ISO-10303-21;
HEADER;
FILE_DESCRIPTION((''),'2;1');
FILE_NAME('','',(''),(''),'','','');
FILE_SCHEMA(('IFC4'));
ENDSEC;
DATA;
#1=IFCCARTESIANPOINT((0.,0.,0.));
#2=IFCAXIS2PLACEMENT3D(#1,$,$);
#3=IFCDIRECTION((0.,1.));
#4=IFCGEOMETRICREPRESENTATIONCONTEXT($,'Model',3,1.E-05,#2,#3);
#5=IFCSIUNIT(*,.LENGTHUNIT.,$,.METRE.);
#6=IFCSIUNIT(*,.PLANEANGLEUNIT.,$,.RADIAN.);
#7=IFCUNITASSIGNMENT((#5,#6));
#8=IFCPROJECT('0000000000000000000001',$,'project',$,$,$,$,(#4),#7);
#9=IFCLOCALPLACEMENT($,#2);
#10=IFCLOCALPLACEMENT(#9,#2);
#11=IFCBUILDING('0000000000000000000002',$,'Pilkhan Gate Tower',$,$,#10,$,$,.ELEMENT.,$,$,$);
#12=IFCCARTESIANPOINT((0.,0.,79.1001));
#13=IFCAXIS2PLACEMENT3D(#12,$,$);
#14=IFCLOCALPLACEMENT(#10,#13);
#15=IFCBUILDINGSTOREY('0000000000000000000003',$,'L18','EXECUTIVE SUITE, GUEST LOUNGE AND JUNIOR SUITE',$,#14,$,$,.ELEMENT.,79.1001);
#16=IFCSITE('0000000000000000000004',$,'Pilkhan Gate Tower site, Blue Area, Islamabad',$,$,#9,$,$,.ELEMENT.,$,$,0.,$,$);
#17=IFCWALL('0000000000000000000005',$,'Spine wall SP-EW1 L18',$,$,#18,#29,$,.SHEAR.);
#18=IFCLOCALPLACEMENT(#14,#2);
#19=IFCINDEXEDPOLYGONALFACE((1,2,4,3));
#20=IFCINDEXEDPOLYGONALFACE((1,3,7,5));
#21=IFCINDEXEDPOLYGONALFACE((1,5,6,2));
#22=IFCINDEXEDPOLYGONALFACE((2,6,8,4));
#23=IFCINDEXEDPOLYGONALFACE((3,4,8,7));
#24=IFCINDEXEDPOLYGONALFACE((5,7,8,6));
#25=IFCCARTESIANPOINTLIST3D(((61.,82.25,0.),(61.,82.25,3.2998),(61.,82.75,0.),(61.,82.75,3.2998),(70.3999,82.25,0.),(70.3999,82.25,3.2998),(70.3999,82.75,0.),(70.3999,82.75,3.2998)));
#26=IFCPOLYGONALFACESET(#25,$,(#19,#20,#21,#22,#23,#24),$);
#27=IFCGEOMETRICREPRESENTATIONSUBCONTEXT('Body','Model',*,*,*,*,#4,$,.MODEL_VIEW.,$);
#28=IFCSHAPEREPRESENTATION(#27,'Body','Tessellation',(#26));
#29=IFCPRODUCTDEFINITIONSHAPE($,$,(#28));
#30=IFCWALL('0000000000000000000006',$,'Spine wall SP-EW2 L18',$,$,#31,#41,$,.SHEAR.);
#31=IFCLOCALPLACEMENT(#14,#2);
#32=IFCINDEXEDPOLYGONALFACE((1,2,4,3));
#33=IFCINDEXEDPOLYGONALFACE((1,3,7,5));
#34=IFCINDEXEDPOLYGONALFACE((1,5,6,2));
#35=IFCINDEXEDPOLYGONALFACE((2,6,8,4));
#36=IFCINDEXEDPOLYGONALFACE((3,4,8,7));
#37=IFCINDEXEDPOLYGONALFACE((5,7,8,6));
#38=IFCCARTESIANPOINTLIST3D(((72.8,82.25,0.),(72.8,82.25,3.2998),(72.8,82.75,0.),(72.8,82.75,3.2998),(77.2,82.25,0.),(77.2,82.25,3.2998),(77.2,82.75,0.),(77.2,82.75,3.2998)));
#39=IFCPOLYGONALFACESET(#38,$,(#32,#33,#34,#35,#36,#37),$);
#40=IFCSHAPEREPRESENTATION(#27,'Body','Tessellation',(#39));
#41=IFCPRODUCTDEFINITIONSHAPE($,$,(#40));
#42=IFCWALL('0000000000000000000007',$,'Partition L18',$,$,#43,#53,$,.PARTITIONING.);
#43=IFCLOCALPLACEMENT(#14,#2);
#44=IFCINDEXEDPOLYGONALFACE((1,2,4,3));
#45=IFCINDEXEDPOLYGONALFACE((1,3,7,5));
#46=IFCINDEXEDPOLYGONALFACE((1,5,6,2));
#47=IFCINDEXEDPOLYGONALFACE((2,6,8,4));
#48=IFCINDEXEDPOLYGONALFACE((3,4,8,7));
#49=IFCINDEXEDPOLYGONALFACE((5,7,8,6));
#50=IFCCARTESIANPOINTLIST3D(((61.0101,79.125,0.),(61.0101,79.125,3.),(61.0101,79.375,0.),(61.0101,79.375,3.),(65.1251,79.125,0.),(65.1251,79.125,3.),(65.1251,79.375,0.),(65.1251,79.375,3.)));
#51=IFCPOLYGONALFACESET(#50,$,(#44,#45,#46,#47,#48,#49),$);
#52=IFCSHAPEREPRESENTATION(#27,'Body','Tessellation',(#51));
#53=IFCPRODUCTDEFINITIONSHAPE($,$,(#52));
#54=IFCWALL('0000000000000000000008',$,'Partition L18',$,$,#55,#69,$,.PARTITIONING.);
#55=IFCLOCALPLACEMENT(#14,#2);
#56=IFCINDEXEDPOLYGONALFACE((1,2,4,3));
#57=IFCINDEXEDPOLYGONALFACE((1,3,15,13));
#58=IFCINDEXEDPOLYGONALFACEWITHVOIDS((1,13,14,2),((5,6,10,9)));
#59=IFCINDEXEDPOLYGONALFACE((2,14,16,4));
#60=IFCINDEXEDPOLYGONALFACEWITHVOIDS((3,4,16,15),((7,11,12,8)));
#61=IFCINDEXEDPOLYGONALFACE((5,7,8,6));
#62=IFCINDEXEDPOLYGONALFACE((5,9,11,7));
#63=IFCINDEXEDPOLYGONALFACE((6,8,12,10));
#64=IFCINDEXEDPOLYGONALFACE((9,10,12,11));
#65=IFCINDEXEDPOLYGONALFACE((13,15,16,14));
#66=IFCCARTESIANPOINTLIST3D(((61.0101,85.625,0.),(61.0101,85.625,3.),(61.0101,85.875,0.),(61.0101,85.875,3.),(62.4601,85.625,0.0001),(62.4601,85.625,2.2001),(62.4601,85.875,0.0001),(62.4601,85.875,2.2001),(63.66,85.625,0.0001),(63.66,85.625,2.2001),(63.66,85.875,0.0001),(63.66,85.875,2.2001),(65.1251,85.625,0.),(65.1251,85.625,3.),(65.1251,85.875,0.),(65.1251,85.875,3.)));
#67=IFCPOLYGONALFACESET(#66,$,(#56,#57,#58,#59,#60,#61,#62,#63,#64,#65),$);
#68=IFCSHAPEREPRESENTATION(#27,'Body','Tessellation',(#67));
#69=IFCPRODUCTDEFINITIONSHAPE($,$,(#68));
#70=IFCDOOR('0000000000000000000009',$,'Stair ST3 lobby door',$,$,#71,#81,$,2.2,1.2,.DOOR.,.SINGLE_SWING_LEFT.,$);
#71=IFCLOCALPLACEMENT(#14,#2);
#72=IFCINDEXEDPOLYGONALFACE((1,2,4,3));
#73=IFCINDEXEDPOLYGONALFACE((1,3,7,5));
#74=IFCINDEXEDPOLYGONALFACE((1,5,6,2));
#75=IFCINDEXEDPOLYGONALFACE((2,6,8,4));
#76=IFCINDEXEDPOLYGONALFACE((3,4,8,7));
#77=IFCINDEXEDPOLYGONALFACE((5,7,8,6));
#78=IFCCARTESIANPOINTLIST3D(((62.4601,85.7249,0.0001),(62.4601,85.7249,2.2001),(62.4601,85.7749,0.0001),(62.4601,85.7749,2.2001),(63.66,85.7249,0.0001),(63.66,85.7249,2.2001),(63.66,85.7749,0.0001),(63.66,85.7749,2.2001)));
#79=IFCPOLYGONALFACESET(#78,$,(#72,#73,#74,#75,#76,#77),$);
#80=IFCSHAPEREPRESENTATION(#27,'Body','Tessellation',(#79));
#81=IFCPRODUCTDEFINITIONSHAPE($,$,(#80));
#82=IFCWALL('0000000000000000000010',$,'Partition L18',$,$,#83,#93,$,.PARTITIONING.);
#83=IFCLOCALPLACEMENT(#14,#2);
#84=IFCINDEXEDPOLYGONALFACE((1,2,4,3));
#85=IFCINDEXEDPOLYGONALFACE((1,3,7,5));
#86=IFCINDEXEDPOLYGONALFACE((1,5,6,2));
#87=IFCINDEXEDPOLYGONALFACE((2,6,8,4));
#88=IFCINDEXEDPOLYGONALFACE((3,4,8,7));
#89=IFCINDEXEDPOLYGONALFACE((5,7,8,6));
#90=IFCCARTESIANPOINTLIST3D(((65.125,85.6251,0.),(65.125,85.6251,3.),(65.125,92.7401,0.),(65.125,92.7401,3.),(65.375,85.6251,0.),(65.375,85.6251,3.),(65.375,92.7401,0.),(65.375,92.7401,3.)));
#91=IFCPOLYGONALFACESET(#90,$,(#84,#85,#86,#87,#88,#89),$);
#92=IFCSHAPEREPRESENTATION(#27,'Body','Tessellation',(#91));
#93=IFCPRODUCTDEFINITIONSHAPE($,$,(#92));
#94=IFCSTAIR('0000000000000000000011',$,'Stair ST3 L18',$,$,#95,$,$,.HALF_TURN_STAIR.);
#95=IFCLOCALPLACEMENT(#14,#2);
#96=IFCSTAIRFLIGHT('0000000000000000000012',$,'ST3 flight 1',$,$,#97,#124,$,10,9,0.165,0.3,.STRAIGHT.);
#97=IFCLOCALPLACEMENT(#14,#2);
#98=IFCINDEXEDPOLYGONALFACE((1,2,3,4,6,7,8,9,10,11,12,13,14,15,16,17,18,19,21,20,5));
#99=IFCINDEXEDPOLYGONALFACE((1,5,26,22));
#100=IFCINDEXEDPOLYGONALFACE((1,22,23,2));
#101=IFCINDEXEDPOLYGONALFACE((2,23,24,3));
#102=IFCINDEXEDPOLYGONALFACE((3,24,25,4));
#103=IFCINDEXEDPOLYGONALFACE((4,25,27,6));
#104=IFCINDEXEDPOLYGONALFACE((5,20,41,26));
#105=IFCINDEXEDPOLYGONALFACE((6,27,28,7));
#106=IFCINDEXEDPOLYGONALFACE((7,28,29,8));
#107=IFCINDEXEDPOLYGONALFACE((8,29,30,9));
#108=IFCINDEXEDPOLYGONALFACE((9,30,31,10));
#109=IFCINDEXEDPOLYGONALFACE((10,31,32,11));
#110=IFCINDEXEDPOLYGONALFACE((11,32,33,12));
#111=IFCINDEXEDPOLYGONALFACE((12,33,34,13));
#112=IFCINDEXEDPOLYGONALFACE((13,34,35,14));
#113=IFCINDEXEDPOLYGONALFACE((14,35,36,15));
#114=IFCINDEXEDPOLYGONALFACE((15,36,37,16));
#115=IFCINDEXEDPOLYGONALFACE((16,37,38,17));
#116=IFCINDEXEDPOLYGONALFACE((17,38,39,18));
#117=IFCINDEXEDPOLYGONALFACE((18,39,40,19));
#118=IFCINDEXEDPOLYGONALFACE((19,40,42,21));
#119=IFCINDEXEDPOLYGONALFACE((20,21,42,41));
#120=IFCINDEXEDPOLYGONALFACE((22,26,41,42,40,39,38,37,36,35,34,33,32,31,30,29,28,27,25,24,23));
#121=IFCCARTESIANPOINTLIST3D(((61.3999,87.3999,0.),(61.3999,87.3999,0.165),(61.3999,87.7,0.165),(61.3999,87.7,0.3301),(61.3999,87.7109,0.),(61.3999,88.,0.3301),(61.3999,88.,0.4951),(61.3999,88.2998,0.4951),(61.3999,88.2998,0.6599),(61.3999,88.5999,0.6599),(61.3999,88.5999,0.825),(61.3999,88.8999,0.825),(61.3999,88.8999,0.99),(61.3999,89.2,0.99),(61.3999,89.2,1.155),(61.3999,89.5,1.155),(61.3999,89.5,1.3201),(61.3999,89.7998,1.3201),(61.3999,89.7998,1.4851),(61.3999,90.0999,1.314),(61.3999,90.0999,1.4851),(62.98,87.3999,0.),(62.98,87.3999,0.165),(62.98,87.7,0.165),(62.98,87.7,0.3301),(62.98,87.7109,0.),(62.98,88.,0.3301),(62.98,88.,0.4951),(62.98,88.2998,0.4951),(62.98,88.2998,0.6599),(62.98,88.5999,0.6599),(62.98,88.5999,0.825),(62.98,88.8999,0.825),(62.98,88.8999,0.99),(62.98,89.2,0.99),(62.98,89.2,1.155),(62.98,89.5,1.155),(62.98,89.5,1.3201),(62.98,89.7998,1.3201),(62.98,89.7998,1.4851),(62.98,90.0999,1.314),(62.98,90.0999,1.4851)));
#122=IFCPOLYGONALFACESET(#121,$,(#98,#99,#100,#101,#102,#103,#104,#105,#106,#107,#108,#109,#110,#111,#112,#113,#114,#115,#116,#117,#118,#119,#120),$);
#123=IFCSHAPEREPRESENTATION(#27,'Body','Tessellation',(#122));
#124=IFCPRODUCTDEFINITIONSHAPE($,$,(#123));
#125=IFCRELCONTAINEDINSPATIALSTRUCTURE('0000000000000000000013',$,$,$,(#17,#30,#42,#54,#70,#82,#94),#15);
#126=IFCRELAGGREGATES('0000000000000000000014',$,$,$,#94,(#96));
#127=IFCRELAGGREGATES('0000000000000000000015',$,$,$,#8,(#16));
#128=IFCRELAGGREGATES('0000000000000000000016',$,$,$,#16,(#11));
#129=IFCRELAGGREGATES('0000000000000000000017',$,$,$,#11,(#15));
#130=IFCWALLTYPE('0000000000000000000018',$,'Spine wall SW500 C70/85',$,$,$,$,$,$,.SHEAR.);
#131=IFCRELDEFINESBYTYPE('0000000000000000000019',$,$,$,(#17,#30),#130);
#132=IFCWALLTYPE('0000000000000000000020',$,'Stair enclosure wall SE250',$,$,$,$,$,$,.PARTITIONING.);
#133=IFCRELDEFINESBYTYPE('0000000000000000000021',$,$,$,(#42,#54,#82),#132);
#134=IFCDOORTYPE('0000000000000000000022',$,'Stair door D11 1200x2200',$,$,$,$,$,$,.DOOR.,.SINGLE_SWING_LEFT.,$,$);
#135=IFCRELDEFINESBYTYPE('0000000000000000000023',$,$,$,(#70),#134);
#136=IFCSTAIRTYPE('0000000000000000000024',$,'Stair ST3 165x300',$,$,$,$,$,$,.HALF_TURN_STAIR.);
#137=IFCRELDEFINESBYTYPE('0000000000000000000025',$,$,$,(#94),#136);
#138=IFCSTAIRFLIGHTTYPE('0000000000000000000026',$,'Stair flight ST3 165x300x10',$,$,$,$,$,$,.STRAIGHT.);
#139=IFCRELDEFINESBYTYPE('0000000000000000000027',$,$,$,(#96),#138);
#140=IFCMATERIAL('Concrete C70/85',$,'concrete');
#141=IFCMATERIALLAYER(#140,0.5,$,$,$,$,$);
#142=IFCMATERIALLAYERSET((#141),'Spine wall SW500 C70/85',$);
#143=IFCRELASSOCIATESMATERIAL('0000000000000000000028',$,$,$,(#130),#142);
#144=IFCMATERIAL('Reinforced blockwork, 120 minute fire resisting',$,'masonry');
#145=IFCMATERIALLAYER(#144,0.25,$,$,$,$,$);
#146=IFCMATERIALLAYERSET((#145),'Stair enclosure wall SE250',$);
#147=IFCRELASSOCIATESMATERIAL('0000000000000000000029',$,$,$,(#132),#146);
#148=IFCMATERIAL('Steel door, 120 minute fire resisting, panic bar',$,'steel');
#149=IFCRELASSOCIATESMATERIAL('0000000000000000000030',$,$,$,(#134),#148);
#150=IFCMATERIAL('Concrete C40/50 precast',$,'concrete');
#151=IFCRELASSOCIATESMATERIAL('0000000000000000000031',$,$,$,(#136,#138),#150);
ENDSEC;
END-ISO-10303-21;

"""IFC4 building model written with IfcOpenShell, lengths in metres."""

from ifc_helpers import new_model, si_unit, direction, frame, frame_2d, origin, place, context, subcontext, project, spatial, polyline, rectangle, outline, extrude, material, layer, layer_set, type_object, element, fill, aggregate, save


model = new_model("IFC4")

# Units and contexts
model_context = context("Model", 3, precision=1e-05, world=origin(), true_north=direction((0.0, 1.0)))
body_context = subcontext(model_context, "Body", "Model", "MODEL_VIEW")
ifc_project = project(units=[si_unit("LENGTHUNIT", "METRE"), si_unit("PLANEANGLEUNIT", "RADIAN")], contexts=[model_context])

# Site, building, storey
site_placement = place(None, origin())
site = spatial("IfcSite", under=ifc_project, at=site_placement, Name="Pilkhan Gate Tower site, Blue Area, Islamabad", CompositionType="ELEMENT", RefElevation=0.0)
building_placement = place(site_placement, origin())
building = spatial("IfcBuilding", under=site, at=building_placement, Name="Pilkhan Gate Tower", CompositionType="ELEMENT")
storey_placement = place(building_placement, frame((0.0, 0.0, 79.1001)))
storey = spatial("IfcBuildingStorey", under=building, at=storey_placement, Name="L18", Description="EXECUTIVE SUITE, GUEST LOUNGE AND JUNIOR SUITE", CompositionType="ELEMENT", Elevation=79.1001)

# Shared definitions
ifc_material_1 = material(Name="Concrete C70/85", Category="concrete")

# Walls
ifc_layer_1 = layer(ifc_material_1, 0.5)
ifc_layer_set_1 = layer_set([ifc_layer_1], Name="Spine wall SW500 C70/85")
wall_type_1 = type_object("IfcWallType", Name="Spine wall SW500 C70/85", PredefinedType="SHEAR", material=ifc_layer_set_1)
wall_1_placement = place(storey_placement, frame((61.0, 82.5, 0.0), z_axis=(0.0, 0.0, 1.0), x_axis=(1.0, 0.0, 0.0)))
element("IfcWall", 1, at=wall_1_placement, inside=storey, type_object=wall_type_1, Name="Spine wall SP-EW1 L18", PredefinedType="SHEAR", context=body_context, shape_type="SweptSolid", body=[
    extrude(rectangle(XDim=9.3999, YDim=0.5, at=frame_2d((4.7, 0.0))), origin(), (0.0, 0.0, 1.0), 3.2998),
])
wall_2_placement = place(storey_placement, frame((72.8, 82.5, 0.0), z_axis=(0.0, 0.0, 1.0), x_axis=(1.0, 0.0, 0.0)))
element("IfcWall", 2, at=wall_2_placement, inside=storey, type_object=wall_type_1, Name="Spine wall SP-EW2 L18", PredefinedType="SHEAR", context=body_context, shape_type="SweptSolid", body=[
    extrude(rectangle(XDim=4.3999, YDim=0.5, at=frame_2d((2.2, 0.0))), origin(), (0.0, 0.0, 1.0), 3.2998),
])
ifc_material_2 = material(Name="Reinforced blockwork, 120 minute fire resisting", Category="masonry")
ifc_layer_2 = layer(ifc_material_2, 0.25)
ifc_layer_set_2 = layer_set([ifc_layer_2], Name="Stair enclosure wall SE250")
wall_type_2 = type_object("IfcWallType", Name="Stair enclosure wall SE250", PredefinedType="PARTITIONING", material=ifc_layer_set_2)
wall_3_placement = place(storey_placement, frame((61.01, 79.25, 0.0), z_axis=(0.0, 0.0, 1.0), x_axis=(1.0, 0.0, 0.0)))
element("IfcWall", 3, at=wall_3_placement, inside=storey, type_object=wall_type_2, Name="Partition L18", PredefinedType="PARTITIONING", context=body_context, shape_type="SweptSolid", body=[
    extrude(rectangle(XDim=4.115, YDim=0.25, at=frame_2d((2.0576, 0.0))), origin(), (0.0, 0.0, 1.0), 3.0),
])

# Wall, opening, door
wall_4_placement = place(storey_placement, frame((61.01, 85.75, 0.0), z_axis=(0.0, 0.0, 1.0), x_axis=(1.0, 0.0, 0.0)))
wall_4 = element("IfcWall", 4, at=wall_4_placement, inside=storey, type_object=wall_type_2, Name="Partition L18", PredefinedType="PARTITIONING", context=body_context, shape_type="SweptSolid", body=[
    extrude(rectangle(XDim=4.115, YDim=0.25, at=frame_2d((2.0576, 0.0))), origin(), (0.0, 0.0, 1.0), 3.0),
])
opening_1_placement = place(wall_4_placement, frame((1.45, 0.0, 0.0)))
opening_1 = element("IfcOpeningElement", 5, at=opening_1_placement, cuts=wall_4, PredefinedType="OPENING", context=body_context, shape_type="SweptSolid", body=[
    extrude(rectangle(XDim=1.2, YDim=2.2, at=frame_2d((0.6001, 1.1001))), frame((0.0, 0.135, 0.0), z_axis=(0.0, -1.0, 0.0), x_axis=(1.0, 0.0, 0.0)), (0.0, 0.0, 1.0), 0.27),
])
ifc_material_3 = material(Name="Steel door, 120 minute fire resisting, panic bar", Category="steel")
door_type_1 = type_object("IfcDoorType", Name="Stair door D11 1200x2200", OperationType="SINGLE_SWING_LEFT", PredefinedType="DOOR", material=ifc_material_3)
door_1_placement = place(opening_1_placement, origin())
door_1 = element("IfcDoor", 6, at=door_1_placement, inside=storey, type_object=door_type_1, Name="Stair ST3 lobby door", OperationType="SINGLE_SWING_LEFT", OverallHeight=2.2, OverallWidth=1.2, PredefinedType="DOOR", context=body_context, shape_type="SweptSolid", body=[
    extrude(rectangle(XDim=1.2, YDim=2.2, at=frame_2d((0.6001, 1.1001))), frame((0.0, 0.0249, 0.0), z_axis=(0.0, -1.0, 0.0), x_axis=(1.0, 0.0, 0.0)), (0.0, 0.0, 1.0), 0.05),
])
fill(opening_1, door_1)

# Wall
wall_5_placement = place(storey_placement, frame((65.25, 85.625, 0.0), z_axis=(0.0, 0.0, 1.0), x_axis=(0.0, 1.0, 0.0)))
element("IfcWall", 7, at=wall_5_placement, inside=storey, type_object=wall_type_2, Name="Partition L18", PredefinedType="PARTITIONING", context=body_context, shape_type="SweptSolid", body=[
    extrude(rectangle(XDim=7.115, YDim=0.25, at=frame_2d((3.5576, 0.0))), origin(), (0.0, 0.0, 1.0), 3.0),
])

# Stair, stair flight
ifc_material_4 = material(Name="Concrete C40/50 precast", Category="concrete")
stair_type = type_object("IfcStairType", Name="Stair ST3 165x300", PredefinedType="HALF_TURN_STAIR", material=ifc_material_4)
stair_placement = place(storey_placement, origin())
stair = element("IfcStair", 8, at=stair_placement, inside=storey, type_object=stair_type, Name="Stair ST3 L18", PredefinedType="HALF_TURN_STAIR")
stair_flight_type = type_object("IfcStairFlightType", Name="Stair flight ST3 165x300x10", PredefinedType="STRAIGHT", material=ifc_material_4)
stair_flight_placement = place(storey_placement, frame((62.1899, 87.3999, 0.0), z_axis=(0.0, 0.0, 1.0), x_axis=(0.0, 1.0, 0.0)))
stair_flight = element("IfcStairFlight", 9, at=stair_flight_placement, type_object=stair_flight_type, Name="ST3 flight 1", NumberOfRisers=10, NumberOfTreads=9, PredefinedType="STRAIGHT", RiserHeight=0.165, TreadLength=0.3, context=body_context, shape_type="SweptSolid", body=[
    extrude(outline(polyline([(0.0, 0.0), (0.0, 0.165), (0.3, 0.165), (0.3, 0.3301), (0.6001, 0.3301), (0.6001, 0.4951), (0.8999, 0.4951), (0.8999, 0.6599), (1.2, 0.6599), (1.2, 0.825), (1.5, 0.825), (1.5, 0.99), (1.8, 0.99), (1.8, 1.155), (2.1001, 1.155), (2.1001, 1.3201), (2.3999, 1.3201), (2.3999, 1.4851), (2.7, 1.4851), (2.7, 1.6499), (2.7, 1.314), (0.311, 0.0), (0.0, 0.0)])), frame((0.0, 0.79, 0.0), z_axis=(0.0, -1.0, 0.0), x_axis=(1.0, 0.0, 0.0)), (0.0, 0.0, 1.0), 1.5801),
])
aggregate(stair, [stair_flight])

save(model, "model.ifc")
